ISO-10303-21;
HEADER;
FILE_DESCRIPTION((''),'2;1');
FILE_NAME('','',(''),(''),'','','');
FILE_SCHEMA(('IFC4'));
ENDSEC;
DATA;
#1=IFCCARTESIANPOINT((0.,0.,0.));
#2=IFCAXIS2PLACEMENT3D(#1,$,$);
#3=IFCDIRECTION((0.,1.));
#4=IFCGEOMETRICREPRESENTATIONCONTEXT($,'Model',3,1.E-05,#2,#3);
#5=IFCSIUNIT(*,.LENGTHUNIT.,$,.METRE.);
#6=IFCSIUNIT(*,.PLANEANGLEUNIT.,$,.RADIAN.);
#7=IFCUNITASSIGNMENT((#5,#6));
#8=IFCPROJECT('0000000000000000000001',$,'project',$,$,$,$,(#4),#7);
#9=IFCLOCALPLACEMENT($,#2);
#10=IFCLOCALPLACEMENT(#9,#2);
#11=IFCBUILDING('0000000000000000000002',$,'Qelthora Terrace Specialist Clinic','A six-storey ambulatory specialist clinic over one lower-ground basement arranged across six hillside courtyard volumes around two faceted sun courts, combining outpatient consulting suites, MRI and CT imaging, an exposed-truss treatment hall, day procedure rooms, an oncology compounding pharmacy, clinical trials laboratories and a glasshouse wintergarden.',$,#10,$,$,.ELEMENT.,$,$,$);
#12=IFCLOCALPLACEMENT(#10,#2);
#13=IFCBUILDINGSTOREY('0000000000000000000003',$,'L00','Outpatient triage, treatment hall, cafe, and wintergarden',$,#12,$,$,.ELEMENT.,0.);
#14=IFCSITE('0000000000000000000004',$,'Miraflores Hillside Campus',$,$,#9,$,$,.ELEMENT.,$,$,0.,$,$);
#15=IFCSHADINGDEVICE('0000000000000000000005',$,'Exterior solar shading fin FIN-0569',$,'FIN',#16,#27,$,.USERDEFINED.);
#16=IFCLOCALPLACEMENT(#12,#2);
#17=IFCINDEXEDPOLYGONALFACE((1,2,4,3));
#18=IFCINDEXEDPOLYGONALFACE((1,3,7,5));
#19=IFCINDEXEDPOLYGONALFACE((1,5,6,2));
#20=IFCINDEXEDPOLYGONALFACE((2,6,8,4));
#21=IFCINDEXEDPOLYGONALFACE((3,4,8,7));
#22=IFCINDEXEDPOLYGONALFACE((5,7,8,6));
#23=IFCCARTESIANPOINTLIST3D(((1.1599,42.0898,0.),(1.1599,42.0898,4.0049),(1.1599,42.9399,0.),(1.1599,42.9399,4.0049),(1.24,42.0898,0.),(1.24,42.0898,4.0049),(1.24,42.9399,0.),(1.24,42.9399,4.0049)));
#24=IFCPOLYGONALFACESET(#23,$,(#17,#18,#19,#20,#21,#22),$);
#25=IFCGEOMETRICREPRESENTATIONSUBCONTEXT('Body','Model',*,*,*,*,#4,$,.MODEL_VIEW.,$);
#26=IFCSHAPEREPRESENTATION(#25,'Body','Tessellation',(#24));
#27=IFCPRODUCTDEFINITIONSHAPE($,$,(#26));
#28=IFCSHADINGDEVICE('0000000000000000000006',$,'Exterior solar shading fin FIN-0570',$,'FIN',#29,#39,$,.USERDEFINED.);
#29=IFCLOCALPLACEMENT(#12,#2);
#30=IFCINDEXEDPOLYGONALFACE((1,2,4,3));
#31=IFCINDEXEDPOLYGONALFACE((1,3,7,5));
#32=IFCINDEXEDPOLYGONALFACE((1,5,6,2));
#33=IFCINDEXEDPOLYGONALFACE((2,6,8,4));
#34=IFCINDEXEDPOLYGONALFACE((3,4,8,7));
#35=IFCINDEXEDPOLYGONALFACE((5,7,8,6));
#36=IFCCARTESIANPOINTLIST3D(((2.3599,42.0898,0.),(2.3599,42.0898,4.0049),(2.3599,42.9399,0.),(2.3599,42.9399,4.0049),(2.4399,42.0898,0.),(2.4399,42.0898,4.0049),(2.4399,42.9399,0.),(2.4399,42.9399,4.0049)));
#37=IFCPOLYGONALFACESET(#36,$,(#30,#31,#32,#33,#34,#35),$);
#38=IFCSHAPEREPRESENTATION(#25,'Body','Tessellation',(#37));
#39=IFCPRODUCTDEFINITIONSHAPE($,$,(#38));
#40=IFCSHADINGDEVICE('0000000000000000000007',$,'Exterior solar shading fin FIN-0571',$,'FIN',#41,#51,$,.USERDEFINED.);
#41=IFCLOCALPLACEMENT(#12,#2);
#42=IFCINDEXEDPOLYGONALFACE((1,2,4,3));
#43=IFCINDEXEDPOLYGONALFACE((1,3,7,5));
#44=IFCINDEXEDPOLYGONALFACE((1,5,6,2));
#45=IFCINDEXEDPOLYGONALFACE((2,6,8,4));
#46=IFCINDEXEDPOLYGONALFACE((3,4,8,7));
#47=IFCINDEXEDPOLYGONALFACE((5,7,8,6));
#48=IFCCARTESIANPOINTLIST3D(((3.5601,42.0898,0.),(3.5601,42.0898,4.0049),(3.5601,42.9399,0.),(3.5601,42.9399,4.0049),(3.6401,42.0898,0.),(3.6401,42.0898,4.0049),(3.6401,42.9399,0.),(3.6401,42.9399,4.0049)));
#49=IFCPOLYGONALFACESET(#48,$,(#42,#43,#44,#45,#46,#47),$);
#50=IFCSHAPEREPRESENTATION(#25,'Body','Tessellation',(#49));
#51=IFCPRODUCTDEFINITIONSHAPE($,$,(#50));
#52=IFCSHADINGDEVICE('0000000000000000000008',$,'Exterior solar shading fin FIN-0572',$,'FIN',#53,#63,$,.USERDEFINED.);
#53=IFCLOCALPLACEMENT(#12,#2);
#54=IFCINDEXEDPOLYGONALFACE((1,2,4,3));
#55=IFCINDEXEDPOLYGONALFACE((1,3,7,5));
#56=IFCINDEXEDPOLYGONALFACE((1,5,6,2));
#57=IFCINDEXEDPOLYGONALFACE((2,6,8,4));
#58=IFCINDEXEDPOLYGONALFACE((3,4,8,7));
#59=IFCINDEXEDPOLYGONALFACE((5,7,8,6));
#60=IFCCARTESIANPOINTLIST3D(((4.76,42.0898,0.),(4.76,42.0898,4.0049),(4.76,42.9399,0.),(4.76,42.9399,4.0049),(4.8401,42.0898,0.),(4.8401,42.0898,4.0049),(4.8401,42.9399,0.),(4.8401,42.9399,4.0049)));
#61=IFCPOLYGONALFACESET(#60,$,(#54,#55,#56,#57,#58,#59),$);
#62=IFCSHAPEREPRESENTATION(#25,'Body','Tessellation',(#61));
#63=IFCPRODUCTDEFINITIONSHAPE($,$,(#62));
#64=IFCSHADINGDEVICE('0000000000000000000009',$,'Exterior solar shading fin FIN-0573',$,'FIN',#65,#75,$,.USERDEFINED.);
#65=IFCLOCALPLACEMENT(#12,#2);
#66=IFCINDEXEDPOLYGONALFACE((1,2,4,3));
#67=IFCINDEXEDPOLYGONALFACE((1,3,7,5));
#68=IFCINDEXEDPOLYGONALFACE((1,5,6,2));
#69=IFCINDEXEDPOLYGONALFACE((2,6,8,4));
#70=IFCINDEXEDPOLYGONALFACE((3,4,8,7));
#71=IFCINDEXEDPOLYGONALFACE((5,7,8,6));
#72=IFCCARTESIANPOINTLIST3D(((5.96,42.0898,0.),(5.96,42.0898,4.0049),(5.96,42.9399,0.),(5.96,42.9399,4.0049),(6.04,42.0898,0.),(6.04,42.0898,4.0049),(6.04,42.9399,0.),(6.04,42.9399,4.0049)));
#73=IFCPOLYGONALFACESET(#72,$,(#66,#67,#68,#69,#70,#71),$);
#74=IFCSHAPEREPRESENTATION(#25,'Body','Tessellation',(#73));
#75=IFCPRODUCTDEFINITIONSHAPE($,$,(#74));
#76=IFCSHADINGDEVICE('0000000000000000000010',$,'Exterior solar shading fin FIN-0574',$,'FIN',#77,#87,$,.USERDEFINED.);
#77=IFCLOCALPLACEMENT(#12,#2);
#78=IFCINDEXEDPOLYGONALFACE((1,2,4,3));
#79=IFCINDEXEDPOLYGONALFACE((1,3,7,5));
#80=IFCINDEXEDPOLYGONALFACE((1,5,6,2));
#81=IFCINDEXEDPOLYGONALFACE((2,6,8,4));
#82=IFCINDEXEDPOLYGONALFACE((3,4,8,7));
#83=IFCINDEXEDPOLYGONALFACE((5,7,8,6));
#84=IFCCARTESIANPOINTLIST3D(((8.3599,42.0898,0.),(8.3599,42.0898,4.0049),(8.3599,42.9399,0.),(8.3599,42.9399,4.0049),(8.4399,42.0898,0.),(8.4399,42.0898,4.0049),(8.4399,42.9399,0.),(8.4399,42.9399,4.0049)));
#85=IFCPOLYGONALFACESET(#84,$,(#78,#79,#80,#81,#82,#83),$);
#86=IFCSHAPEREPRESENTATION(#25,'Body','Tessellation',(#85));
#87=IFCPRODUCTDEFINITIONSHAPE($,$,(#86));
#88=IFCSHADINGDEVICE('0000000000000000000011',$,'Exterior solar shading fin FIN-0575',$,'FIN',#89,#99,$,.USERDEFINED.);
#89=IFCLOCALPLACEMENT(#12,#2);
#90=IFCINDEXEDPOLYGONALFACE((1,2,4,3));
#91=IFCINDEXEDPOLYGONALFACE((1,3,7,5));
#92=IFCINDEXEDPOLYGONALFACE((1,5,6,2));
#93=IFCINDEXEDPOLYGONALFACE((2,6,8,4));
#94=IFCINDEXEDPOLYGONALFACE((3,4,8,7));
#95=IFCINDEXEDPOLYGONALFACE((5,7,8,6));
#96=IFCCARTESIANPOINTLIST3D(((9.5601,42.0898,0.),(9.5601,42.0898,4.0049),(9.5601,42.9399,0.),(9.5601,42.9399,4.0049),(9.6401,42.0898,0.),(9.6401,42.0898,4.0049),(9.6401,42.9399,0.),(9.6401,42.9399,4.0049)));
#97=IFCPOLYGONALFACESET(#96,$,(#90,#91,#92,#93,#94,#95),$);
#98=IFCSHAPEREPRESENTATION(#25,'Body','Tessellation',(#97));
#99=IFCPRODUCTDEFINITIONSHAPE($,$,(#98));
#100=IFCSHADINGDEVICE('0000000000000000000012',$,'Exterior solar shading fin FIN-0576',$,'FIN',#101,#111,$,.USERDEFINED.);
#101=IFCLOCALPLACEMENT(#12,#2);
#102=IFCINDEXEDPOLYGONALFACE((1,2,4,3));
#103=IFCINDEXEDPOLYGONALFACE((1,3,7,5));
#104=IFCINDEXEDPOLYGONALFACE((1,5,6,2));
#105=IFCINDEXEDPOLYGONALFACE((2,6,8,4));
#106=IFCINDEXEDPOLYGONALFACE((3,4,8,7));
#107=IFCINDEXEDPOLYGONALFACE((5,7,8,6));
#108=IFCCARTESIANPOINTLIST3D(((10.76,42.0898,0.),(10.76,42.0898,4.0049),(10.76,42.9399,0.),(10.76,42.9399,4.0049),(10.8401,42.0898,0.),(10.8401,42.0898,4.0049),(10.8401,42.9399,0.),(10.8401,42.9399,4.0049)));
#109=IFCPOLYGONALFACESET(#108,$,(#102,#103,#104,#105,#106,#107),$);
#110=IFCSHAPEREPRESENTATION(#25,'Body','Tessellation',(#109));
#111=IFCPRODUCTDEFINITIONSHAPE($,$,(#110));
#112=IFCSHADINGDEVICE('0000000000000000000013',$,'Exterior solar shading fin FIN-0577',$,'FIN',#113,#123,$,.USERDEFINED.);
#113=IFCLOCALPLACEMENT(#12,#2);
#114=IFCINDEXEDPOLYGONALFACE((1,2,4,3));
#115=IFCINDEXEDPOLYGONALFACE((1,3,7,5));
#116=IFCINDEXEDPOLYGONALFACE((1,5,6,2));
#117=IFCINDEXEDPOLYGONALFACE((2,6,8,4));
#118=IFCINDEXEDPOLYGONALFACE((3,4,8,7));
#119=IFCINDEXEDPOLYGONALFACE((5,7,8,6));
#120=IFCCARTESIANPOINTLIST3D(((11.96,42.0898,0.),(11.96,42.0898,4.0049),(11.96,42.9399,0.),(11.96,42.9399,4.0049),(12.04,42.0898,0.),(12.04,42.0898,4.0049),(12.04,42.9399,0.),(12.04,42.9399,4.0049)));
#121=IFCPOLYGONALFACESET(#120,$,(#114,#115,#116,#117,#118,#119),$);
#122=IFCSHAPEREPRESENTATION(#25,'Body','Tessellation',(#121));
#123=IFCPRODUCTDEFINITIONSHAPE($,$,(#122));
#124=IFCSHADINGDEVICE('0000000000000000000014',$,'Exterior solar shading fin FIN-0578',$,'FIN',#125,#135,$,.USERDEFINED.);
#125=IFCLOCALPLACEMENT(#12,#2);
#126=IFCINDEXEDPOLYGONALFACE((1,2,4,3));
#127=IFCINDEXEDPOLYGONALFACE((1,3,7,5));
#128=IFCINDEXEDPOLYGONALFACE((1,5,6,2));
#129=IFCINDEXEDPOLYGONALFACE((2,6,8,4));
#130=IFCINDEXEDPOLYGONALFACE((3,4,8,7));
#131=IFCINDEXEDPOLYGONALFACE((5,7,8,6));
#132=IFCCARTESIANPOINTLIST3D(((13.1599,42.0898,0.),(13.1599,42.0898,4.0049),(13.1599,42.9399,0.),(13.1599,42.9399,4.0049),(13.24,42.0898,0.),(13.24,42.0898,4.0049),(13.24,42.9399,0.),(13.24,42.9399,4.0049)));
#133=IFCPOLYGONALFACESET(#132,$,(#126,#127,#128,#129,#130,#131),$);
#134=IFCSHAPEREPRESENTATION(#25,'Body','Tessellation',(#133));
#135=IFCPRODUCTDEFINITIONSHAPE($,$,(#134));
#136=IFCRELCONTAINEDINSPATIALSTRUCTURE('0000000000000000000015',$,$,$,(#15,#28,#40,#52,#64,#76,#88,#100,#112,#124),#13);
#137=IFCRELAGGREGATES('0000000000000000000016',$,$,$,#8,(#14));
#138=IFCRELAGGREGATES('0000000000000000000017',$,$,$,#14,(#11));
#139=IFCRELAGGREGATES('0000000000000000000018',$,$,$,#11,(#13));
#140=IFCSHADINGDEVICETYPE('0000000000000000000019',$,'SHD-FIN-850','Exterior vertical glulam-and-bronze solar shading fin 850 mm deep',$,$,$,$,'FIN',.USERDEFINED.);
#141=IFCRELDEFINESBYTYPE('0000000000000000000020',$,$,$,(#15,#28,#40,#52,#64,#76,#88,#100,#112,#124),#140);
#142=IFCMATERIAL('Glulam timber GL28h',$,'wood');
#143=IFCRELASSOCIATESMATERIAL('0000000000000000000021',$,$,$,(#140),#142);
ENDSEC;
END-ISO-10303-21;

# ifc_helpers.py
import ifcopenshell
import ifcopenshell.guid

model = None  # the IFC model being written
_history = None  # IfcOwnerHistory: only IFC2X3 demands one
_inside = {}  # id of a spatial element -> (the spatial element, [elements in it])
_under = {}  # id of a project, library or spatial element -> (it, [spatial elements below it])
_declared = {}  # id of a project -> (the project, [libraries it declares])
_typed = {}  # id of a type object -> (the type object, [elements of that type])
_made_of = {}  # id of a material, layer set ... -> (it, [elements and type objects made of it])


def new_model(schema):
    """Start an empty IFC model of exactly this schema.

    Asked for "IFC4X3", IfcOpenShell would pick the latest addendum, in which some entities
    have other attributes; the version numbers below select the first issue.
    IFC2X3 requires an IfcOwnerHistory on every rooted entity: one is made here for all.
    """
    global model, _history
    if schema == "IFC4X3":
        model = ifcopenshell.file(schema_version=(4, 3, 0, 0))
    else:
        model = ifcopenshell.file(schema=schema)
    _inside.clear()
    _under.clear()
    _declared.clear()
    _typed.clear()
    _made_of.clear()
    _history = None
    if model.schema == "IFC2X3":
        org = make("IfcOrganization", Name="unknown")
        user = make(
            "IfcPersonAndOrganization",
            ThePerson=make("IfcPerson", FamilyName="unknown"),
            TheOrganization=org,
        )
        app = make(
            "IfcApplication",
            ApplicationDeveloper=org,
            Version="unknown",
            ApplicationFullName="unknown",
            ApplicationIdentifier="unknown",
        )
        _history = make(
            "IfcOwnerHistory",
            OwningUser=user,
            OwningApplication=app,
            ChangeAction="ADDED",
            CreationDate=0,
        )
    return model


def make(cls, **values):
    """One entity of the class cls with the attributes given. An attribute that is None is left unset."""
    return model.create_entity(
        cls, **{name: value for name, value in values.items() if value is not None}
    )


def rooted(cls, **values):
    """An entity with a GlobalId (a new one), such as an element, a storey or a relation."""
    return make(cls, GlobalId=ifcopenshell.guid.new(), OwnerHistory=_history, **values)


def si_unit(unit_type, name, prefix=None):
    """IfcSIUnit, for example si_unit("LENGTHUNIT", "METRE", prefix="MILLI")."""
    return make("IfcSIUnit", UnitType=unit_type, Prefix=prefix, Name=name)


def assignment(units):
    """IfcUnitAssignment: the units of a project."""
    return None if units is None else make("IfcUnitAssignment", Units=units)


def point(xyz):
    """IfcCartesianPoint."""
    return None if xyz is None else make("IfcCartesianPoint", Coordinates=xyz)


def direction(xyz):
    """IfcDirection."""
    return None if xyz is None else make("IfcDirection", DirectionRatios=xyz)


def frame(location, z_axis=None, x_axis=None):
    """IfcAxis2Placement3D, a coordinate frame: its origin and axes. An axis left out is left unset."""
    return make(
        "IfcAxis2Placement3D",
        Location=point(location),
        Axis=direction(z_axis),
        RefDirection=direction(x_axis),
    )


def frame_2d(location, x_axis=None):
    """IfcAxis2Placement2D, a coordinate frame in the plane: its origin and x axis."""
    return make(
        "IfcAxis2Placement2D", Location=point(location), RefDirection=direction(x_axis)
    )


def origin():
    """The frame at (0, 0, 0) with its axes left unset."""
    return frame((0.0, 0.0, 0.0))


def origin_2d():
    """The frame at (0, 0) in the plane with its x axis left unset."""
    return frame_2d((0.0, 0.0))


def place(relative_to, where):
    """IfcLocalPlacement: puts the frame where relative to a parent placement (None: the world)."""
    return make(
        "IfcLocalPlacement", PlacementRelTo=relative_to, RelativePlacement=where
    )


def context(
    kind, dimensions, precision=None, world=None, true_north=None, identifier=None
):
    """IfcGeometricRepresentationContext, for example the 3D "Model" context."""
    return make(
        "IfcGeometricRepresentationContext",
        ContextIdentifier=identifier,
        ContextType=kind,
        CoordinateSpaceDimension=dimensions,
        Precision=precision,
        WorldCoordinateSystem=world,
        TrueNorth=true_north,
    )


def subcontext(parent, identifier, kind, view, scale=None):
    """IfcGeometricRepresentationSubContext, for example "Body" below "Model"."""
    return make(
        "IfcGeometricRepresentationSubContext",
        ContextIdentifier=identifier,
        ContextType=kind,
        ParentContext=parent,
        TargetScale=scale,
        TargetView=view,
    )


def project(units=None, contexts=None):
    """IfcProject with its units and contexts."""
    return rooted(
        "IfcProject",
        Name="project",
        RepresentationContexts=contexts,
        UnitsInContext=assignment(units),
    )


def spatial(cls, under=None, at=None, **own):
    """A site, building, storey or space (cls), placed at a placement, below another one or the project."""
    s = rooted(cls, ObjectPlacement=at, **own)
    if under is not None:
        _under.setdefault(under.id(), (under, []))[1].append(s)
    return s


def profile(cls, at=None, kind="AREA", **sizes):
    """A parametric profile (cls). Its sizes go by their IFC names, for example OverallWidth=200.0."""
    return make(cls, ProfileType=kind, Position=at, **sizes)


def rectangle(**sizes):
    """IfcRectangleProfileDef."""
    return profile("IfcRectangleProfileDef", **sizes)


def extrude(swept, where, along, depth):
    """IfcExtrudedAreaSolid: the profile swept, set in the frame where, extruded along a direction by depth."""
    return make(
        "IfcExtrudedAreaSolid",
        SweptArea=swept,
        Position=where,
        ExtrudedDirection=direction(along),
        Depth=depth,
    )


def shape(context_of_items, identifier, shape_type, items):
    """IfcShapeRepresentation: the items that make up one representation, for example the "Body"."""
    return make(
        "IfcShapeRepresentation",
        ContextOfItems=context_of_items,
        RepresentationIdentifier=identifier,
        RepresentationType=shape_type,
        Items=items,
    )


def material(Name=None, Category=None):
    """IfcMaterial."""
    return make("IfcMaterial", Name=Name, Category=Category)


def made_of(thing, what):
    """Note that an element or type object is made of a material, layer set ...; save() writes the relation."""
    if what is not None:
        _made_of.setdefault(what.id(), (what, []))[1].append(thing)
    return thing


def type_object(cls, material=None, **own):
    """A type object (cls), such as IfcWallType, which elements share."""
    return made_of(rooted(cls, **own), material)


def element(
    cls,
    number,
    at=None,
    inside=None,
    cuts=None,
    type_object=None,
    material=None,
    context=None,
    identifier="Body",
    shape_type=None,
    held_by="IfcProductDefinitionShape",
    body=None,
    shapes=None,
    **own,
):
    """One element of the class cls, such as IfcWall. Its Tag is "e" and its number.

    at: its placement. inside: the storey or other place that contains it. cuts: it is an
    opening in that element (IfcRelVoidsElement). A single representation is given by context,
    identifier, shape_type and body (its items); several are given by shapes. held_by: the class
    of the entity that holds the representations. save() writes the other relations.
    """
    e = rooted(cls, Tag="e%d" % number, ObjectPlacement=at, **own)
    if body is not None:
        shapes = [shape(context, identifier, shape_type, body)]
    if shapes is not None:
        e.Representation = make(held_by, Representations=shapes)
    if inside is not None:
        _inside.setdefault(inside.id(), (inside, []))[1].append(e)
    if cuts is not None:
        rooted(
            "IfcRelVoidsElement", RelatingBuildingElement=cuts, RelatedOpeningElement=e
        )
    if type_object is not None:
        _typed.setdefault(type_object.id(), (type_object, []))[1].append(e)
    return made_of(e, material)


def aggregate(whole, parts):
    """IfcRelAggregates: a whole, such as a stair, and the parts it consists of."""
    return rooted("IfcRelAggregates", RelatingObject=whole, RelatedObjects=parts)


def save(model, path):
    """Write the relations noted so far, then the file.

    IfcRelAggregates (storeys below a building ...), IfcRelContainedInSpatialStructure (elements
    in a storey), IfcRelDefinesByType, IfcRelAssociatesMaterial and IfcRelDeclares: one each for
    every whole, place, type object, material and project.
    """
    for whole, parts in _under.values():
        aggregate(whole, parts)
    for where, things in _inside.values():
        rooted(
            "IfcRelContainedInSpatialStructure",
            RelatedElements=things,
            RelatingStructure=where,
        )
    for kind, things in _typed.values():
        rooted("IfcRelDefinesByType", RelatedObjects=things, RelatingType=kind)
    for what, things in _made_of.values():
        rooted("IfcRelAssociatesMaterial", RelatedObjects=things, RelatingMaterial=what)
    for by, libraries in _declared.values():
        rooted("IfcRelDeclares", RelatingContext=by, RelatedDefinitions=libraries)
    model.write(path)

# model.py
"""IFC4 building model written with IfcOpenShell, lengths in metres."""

from ifc_helpers import new_model, si_unit, direction, frame, origin, origin_2d, place, context, subcontext, project, spatial, rectangle, extrude, material, type_object, element, save


model = new_model("IFC4")

# Units and contexts
model_context = context("Model", 3, precision=1e-05, world=origin(), true_north=direction((0.0, 1.0)))
body_context = subcontext(model_context, "Body", "Model", "MODEL_VIEW")
ifc_project = project(units=[si_unit("LENGTHUNIT", "METRE"), si_unit("PLANEANGLEUNIT", "RADIAN")], contexts=[model_context])

# Site, building, storey
site_placement = place(None, origin())
site = spatial("IfcSite", under=ifc_project, at=site_placement, Name="Miraflores Hillside Campus", CompositionType="ELEMENT", RefElevation=0.0)
building_placement = place(site_placement, origin())
building = spatial("IfcBuilding", under=site, at=building_placement, Name="Qelthora Terrace Specialist Clinic", Description="A six-storey ambulatory specialist clinic over one lower-ground basement arranged across six hillside courtyard volumes around two faceted sun courts, combining outpatient consulting suites, MRI and CT imaging, an exposed-truss treatment hall, day procedure rooms, an oncology compounding pharmacy, clinical trials laboratories and a glasshouse wintergarden.", CompositionType="ELEMENT")
storey_placement = place(building_placement, origin())
storey = spatial("IfcBuildingStorey", under=building, at=storey_placement, Name="L00", Description="Outpatient triage, treatment hall, cafe, and wintergarden", CompositionType="ELEMENT", Elevation=0.0)

# Shading devices
ifc_material_1 = material(Name="Glulam timber GL28h", Category="wood")
shading_device_type = type_object("IfcShadingDeviceType", Name="SHD-FIN-850", Description="Exterior vertical glulam-and-bronze solar shading fin 850 mm deep", ElementType="FIN", PredefinedType="USERDEFINED", material=ifc_material_1)
for number, where, z_axis, x_axis, name in (
    (1, (1.2, 42.5149, 0.0), (0.0, 0.0, 1.0), (0.0, 1.0, 0.0), "Exterior solar shading fin FIN-0569"),
    (2, (2.3999, 42.5149, 0.0), (0.0, 0.0, 1.0), (0.0, 1.0, 0.0), "Exterior solar shading fin FIN-0570"),
    (3, (3.6001, 42.5149, 0.0), (0.0, 0.0, 1.0), (0.0, 1.0, 0.0), "Exterior solar shading fin FIN-0571"),
    (4, (4.8, 42.5149, 0.0), (0.0, 0.0, 1.0), (0.0, 1.0, 0.0), "Exterior solar shading fin FIN-0572"),
    (5, (6.0, 42.5149, 0.0), (0.0, 0.0, 1.0), (0.0, 1.0, 0.0), "Exterior solar shading fin FIN-0573"),
    (6, (8.3999, 42.5149, 0.0), (0.0, 0.0, 1.0), (0.0, 1.0, 0.0), "Exterior solar shading fin FIN-0574"),
    (7, (9.6001, 42.5149, 0.0), (0.0, 0.0, 1.0), (0.0, 1.0, 0.0), "Exterior solar shading fin FIN-0575"),
    (8, (10.8, 42.5149, 0.0), (0.0, 0.0, 1.0), (0.0, 1.0, 0.0), "Exterior solar shading fin FIN-0576"),
    (9, (12.0, 42.5149, 0.0), (0.0, 0.0, 1.0), (0.0, 1.0, 0.0), "Exterior solar shading fin FIN-0577"),
    (10, (13.2, 42.5149, 0.0), (0.0, 0.0, 1.0), (0.0, 1.0, 0.0), "Exterior solar shading fin FIN-0578"),
):
    element("IfcShadingDevice", number, at=place(storey_placement, frame(where, z_axis=z_axis, x_axis=x_axis)), inside=storey, type_object=shading_device_type, Name=name, ObjectType="FIN", PredefinedType="USERDEFINED", context=body_context, shape_type="SweptSolid", body=[
        extrude(rectangle(XDim=0.8501, YDim=0.0801, at=origin_2d()), origin(), (0.0, 0.0, 1.0), 4.0049),
    ])

save(model, "model.ifc")
